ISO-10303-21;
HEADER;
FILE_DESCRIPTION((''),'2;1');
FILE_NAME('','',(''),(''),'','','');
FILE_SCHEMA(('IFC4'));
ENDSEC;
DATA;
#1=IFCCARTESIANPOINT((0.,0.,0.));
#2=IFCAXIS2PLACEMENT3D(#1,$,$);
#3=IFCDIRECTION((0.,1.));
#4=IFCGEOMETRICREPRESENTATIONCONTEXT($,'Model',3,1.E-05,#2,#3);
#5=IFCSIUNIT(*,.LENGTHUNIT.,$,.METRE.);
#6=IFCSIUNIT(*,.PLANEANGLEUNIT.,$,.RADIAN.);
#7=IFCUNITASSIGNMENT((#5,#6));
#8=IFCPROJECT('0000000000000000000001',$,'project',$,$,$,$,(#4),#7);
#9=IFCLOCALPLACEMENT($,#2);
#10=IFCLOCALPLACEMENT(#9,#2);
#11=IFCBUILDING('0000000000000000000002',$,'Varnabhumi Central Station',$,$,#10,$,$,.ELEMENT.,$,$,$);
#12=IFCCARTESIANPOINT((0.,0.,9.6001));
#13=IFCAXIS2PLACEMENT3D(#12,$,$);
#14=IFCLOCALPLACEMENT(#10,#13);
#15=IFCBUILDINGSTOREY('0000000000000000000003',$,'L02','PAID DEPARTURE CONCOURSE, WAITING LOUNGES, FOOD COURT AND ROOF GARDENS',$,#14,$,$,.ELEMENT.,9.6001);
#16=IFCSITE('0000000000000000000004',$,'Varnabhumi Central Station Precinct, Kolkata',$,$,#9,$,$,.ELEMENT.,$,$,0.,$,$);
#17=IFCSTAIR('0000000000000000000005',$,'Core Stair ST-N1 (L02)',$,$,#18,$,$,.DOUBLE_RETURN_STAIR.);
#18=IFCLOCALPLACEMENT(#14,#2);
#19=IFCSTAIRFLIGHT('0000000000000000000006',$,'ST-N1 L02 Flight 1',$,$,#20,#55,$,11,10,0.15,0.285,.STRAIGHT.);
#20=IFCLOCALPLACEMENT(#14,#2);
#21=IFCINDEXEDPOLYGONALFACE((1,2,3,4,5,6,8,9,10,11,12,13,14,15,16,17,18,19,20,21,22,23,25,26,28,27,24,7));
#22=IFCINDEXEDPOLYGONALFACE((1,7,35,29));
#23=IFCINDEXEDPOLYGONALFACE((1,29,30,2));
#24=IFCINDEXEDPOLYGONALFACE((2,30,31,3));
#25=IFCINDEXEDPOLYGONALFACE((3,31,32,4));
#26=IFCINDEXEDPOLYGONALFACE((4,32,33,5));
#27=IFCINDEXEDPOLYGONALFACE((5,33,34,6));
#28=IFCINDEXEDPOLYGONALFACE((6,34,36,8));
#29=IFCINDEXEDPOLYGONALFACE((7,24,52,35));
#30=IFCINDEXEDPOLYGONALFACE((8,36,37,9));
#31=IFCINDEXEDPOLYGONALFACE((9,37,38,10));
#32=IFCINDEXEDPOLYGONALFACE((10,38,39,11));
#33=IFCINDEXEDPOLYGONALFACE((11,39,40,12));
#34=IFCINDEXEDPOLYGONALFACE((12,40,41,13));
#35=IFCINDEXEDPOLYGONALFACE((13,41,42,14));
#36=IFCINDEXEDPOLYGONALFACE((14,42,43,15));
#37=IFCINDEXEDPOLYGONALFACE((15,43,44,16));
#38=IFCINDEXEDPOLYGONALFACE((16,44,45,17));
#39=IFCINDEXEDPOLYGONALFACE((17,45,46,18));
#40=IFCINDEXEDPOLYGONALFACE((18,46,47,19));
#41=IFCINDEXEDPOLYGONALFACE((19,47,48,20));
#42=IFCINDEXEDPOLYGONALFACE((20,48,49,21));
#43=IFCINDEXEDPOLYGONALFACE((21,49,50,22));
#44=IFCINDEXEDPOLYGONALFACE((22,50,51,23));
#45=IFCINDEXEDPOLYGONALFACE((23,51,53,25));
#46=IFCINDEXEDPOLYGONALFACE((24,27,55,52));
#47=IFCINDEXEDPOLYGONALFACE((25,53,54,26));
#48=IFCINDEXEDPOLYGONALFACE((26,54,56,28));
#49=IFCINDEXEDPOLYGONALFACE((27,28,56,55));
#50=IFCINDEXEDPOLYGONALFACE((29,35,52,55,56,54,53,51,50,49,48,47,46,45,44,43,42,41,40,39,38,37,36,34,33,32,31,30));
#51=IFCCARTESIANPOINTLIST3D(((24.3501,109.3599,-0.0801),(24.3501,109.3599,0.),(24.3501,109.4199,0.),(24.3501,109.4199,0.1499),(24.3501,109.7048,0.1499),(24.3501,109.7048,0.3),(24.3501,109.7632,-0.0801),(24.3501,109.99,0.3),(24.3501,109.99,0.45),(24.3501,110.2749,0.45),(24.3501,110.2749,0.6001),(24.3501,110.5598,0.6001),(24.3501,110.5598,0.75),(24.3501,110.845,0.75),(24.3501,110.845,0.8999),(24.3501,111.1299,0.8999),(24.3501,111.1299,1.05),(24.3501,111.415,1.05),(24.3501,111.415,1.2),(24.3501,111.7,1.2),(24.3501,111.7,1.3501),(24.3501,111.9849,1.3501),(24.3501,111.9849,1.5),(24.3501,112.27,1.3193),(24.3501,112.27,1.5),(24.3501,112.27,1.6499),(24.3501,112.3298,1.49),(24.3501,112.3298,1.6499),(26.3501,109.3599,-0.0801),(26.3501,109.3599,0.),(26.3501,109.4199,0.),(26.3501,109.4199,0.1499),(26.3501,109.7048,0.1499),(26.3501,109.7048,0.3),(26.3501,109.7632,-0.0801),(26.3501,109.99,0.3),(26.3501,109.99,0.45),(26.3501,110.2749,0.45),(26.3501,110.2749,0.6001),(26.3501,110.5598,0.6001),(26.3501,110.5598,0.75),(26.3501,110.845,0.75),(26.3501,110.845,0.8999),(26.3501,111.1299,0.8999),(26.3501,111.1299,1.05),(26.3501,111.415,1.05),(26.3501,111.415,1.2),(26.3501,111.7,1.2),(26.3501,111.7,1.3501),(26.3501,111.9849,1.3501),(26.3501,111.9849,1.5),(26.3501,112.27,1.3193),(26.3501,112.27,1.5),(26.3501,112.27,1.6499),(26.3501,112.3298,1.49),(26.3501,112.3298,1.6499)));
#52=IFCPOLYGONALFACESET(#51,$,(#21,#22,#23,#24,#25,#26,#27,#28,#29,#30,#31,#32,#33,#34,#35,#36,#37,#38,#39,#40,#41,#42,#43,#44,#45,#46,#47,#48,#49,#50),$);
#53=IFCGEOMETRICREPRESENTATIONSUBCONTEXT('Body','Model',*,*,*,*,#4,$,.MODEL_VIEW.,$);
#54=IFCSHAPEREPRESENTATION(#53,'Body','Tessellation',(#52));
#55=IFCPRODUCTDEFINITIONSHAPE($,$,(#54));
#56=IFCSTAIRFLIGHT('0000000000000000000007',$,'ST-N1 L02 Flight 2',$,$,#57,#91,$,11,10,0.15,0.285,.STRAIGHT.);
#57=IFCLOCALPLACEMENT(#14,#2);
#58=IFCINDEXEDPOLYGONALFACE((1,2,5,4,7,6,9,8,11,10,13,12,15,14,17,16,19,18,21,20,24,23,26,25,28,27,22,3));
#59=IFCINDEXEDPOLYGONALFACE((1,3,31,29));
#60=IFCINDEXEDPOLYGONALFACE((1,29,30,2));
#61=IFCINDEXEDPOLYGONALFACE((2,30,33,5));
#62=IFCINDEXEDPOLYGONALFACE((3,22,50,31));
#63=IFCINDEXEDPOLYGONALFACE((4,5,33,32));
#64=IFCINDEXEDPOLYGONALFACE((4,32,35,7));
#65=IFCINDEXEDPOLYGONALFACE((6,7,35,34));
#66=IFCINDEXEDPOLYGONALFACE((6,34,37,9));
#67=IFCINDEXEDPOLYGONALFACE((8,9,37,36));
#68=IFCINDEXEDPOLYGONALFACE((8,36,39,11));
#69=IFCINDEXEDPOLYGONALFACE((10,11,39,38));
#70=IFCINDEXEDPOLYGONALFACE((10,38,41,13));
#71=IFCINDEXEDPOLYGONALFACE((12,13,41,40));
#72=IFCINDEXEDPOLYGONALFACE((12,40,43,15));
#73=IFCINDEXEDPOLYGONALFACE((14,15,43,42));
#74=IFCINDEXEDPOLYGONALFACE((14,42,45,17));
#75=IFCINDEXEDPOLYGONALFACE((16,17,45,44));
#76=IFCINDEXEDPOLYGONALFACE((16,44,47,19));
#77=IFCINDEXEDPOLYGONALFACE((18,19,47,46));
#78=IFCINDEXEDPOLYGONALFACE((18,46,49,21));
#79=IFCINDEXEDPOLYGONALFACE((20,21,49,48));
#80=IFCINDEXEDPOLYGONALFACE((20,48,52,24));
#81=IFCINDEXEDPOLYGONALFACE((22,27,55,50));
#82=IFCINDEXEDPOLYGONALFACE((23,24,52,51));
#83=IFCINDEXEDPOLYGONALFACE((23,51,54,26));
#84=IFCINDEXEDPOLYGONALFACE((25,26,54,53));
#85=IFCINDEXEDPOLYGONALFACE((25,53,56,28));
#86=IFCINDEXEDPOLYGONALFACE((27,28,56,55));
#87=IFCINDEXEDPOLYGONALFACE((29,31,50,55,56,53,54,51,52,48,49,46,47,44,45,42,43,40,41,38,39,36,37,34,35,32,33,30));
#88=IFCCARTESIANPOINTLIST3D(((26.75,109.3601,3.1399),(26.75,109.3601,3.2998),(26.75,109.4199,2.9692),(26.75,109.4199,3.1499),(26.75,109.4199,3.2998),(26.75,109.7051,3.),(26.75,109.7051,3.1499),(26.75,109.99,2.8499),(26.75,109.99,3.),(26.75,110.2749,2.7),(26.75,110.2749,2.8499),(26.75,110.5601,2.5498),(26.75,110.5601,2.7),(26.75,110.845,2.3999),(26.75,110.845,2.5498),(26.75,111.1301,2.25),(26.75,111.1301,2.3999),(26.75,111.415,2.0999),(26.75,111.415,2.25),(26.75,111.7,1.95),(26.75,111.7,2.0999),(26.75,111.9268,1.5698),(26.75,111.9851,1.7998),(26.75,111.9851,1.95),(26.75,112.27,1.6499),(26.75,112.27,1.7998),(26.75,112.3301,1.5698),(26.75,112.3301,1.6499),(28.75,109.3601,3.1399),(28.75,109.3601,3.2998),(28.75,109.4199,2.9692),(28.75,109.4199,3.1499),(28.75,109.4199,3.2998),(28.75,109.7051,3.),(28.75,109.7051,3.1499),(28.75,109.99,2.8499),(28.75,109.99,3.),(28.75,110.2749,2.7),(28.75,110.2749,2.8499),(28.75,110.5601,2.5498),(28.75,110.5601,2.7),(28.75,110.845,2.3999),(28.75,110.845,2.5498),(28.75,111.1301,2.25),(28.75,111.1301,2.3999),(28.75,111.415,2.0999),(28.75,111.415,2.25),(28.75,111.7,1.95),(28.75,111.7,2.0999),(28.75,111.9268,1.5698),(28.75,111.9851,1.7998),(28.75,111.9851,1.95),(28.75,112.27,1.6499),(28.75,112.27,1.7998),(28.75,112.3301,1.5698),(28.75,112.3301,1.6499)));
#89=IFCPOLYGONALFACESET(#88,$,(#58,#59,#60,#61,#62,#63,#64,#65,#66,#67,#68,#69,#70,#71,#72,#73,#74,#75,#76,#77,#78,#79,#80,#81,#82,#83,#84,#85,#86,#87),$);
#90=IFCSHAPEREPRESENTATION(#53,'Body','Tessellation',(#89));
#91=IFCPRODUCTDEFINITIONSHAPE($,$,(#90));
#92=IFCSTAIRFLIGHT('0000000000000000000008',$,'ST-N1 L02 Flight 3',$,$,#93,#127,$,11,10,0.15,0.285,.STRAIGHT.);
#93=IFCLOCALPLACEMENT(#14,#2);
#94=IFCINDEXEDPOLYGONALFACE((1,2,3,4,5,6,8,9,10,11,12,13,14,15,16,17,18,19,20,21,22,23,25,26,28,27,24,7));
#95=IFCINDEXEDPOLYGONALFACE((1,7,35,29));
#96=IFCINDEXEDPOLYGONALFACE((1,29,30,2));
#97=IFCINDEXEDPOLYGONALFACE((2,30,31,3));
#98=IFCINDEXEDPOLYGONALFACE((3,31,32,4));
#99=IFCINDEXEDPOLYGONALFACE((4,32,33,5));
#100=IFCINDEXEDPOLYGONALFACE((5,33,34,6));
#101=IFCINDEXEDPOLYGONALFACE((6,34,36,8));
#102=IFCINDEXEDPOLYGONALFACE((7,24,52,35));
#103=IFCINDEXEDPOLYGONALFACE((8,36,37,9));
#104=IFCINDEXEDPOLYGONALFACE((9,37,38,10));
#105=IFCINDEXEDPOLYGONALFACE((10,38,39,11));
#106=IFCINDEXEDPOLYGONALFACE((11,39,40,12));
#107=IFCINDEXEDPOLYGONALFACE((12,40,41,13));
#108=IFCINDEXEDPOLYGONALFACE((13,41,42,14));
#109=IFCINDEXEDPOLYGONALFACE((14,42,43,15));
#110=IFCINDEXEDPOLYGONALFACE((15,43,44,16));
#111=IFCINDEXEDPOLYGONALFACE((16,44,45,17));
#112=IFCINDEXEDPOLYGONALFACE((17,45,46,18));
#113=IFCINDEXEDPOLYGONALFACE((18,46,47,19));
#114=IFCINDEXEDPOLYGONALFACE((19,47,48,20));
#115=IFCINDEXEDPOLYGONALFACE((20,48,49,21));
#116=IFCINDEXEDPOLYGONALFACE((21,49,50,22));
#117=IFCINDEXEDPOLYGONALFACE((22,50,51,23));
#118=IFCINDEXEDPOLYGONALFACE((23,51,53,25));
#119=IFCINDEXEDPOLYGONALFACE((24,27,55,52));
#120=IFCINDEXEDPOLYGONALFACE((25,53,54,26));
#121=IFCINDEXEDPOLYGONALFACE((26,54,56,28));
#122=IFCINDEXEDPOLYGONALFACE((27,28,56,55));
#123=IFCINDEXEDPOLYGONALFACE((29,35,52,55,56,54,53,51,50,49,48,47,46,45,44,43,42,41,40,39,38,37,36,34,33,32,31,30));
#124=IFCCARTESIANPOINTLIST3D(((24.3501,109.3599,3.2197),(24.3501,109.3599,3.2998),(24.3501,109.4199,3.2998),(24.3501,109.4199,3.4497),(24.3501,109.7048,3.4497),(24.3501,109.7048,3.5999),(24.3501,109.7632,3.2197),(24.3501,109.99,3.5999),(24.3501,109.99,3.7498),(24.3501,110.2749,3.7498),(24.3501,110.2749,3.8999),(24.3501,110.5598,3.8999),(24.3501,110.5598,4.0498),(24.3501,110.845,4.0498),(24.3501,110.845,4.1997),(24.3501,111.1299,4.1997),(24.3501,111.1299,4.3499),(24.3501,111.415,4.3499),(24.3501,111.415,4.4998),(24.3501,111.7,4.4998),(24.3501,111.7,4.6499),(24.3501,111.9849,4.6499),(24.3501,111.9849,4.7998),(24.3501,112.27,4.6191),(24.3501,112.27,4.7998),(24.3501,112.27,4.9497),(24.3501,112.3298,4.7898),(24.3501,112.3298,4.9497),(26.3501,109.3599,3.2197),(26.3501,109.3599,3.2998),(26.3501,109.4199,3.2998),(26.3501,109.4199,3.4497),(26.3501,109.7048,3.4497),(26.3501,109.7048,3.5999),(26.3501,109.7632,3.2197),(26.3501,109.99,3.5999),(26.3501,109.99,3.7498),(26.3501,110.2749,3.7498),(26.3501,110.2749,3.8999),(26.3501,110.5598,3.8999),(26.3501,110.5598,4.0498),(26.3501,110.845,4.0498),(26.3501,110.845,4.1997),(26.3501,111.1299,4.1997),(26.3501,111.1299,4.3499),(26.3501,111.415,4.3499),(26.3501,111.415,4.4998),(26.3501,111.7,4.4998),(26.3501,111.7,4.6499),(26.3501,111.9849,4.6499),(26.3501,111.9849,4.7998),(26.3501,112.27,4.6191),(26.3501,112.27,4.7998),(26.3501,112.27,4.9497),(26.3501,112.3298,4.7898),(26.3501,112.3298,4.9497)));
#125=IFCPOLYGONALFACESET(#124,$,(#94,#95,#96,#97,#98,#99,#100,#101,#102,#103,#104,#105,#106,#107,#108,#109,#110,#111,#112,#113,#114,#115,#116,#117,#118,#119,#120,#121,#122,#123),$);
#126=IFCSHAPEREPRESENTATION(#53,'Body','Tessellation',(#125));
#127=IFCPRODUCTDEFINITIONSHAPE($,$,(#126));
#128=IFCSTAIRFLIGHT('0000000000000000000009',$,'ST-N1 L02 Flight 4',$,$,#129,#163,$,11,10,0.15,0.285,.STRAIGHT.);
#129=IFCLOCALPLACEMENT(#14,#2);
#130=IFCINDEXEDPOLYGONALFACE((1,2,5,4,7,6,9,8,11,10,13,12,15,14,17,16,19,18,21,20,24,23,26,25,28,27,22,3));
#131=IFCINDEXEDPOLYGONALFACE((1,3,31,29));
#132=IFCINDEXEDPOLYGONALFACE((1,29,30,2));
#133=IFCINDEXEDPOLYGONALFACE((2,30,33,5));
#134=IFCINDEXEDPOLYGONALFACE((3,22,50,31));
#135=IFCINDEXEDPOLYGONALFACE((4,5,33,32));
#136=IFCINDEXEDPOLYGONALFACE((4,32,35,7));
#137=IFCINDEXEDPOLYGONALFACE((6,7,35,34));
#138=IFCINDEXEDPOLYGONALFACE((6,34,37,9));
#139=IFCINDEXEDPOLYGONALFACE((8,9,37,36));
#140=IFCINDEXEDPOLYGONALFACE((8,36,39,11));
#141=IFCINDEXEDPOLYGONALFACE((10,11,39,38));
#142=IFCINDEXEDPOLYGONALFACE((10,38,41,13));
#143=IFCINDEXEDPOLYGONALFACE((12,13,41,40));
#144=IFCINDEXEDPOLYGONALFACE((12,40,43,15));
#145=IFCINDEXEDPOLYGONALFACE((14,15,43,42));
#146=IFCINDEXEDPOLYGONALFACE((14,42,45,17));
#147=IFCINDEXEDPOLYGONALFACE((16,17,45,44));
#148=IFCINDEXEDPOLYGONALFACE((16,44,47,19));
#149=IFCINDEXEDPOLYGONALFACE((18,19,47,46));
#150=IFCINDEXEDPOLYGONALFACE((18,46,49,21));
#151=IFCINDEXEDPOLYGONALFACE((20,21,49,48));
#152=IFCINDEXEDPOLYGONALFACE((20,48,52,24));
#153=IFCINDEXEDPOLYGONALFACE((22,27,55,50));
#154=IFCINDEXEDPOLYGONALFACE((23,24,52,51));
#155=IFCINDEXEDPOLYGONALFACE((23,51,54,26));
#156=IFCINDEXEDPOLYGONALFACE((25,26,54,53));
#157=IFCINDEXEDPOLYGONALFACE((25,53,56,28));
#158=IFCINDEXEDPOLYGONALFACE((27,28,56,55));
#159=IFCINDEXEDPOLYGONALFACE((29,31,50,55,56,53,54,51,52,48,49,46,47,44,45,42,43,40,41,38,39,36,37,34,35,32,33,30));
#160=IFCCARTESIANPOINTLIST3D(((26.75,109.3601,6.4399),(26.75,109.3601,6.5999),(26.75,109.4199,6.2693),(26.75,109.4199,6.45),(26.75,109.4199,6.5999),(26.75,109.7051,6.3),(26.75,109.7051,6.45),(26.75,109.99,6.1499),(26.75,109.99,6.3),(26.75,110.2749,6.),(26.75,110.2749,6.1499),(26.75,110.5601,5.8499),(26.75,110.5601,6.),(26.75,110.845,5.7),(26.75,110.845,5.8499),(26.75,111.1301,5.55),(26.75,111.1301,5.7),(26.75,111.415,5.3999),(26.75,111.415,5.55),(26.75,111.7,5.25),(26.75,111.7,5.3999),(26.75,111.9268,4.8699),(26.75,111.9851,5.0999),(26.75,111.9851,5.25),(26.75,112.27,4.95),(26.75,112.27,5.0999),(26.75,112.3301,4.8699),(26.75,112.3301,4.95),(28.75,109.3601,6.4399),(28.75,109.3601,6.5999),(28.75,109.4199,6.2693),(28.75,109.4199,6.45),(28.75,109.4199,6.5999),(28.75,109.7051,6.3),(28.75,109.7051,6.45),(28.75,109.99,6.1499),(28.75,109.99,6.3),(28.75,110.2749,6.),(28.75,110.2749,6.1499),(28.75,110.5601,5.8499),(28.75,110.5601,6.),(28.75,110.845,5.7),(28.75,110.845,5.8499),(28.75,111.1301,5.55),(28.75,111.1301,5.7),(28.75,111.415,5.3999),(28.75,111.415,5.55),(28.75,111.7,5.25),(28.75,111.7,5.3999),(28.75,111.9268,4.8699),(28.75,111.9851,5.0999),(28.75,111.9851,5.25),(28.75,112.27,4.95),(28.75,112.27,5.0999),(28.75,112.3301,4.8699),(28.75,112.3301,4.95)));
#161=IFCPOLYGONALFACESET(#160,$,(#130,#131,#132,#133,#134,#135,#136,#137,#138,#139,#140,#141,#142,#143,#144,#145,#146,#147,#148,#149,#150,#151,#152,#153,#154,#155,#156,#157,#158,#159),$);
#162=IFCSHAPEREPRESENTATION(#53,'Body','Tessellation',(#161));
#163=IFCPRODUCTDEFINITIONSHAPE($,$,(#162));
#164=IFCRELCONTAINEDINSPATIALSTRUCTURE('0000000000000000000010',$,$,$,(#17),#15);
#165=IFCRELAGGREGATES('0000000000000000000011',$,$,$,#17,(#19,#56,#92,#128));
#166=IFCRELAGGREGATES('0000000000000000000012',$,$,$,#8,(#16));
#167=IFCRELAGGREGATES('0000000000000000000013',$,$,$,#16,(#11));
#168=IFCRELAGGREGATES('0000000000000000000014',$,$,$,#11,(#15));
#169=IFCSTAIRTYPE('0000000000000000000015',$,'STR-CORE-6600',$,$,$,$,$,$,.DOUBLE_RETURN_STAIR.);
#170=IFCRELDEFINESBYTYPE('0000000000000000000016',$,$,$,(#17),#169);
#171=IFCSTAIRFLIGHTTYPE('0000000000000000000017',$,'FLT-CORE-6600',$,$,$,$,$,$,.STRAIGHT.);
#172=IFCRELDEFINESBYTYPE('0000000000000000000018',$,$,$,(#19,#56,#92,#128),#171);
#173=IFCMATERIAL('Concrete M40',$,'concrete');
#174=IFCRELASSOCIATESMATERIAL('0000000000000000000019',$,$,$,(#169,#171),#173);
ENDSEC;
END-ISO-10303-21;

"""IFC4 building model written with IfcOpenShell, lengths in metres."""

from ifc_helpers import new_model, si_unit, direction, frame, origin, place, context, subcontext, project, spatial, polyline, outline, extrude, material, type_object, element, aggregate, save


model = new_model("IFC4")

# Units and contexts
model_context = context("Model", 3, precision=1e-05, world=origin(), true_north=direction((0.0, 1.0)))
body_context = subcontext(model_context, "Body", "Model", "MODEL_VIEW")
ifc_project = project(units=[si_unit("LENGTHUNIT", "METRE"), si_unit("PLANEANGLEUNIT", "RADIAN")], contexts=[model_context])

# Site, building, storey
site_placement = place(None, origin())
site = spatial("IfcSite", under=ifc_project, at=site_placement, Name="Varnabhumi Central Station Precinct, Kolkata", CompositionType="ELEMENT", RefElevation=0.0)
building_placement = place(site_placement, origin())
building = spatial("IfcBuilding", under=site, at=building_placement, Name="Varnabhumi Central Station", CompositionType="ELEMENT")
storey_placement = place(building_placement, frame((0.0, 0.0, 9.6001)))
storey = spatial("IfcBuildingStorey", under=building, at=storey_placement, Name="L02", Description="PAID DEPARTURE CONCOURSE, WAITING LOUNGES, FOOD COURT AND ROOF GARDENS", CompositionType="ELEMENT", Elevation=9.6001)

# Shared definitions
ifc_material_1 = material(Name="Concrete M40", Category="concrete")

# Stair, stair flights
stair_type = type_object("IfcStairType", Name="STR-CORE-6600", PredefinedType="DOUBLE_RETURN_STAIR", material=ifc_material_1)
stair_placement = place(storey_placement, origin())
stair = element("IfcStair", 1, at=stair_placement, inside=storey, type_object=stair_type, Name="Core Stair ST-N1 (L02)", PredefinedType="DOUBLE_RETURN_STAIR")
stair_flight_type = type_object("IfcStairFlightType", Name="FLT-CORE-6600", PredefinedType="STRAIGHT", material=ifc_material_1)
stair_flight_1_placement = place(storey_placement, frame((25.3501, 109.4199, 0.0), z_axis=(0.0, 0.0, 1.0), x_axis=(0.0, 1.0, 0.0)))
stair_flight_1 = element("IfcStairFlight", 2, at=stair_flight_1_placement, type_object=stair_flight_type, Name="ST-N1 L02 Flight 1", NumberOfRisers=11, NumberOfTreads=10, PredefinedType="STRAIGHT", RiserHeight=0.15, TreadLength=0.285, context=body_context, shape_type="SweptSolid", body=[
    extrude(outline(polyline([(-0.0601, -0.0801), (-0.0601, 0.0), (0.0, 0.0), (0.0, 0.1499), (0.2849, 0.1499), (0.2849, 0.3), (0.5701, 0.3), (0.5701, 0.45), (0.855, 0.45), (0.855, 0.6001), (1.1399, 0.6001), (1.1399, 0.75), (1.425, 0.75), (1.425, 0.8999), (1.71, 0.8999), (1.71, 1.05), (1.9951, 1.05), (1.9951, 1.2), (2.28, 1.2), (2.28, 1.3501), (2.5649, 1.3501), (2.5649, 1.5), (2.8501, 1.5), (2.8501, 1.6499), (2.9099, 1.6499), (2.9099, 1.49), (2.8501, 1.3193), (0.3433, -0.0801), (-0.0601, -0.0801)])), frame((0.0, 1.0, 0.0), z_axis=(0.0, -1.0, 0.0), x_axis=(1.0, 0.0, 0.0)), (0.0, 0.0, 1.0), 2.0),
])
stair_flight_2_placement = place(storey_placement, frame((27.75, 112.27, 1.6499), z_axis=(0.0, 0.0, 1.0), x_axis=(0.0, -1.0, 0.0)))
stair_flight_2 = element("IfcStairFlight", 3, at=stair_flight_2_placement, type_object=stair_flight_type, Name="ST-N1 L02 Flight 2", NumberOfRisers=11, NumberOfTreads=10, PredefinedType="STRAIGHT", RiserHeight=0.15, TreadLength=0.285, context=body_context, shape_type="SweptSolid", body=[
    extrude(outline(polyline([(-0.0601, -0.0801), (-0.0601, 0.0), (0.0, 0.0), (0.0, 0.1499), (0.2849, 0.1499), (0.2849, 0.3), (0.5701, 0.3), (0.5701, 0.45), (0.855, 0.45), (0.855, 0.6001), (1.1399, 0.6001), (1.1399, 0.75), (1.425, 0.75), (1.425, 0.8999), (1.71, 0.8999), (1.71, 1.05), (1.9951, 1.05), (1.9951, 1.2), (2.28, 1.2), (2.28, 1.3501), (2.5649, 1.3501), (2.5649, 1.5), (2.8501, 1.5), (2.8501, 1.6499), (2.9099, 1.6499), (2.9099, 1.49), (2.8501, 1.3193), (0.3433, -0.0801), (-0.0601, -0.0801)])), frame((0.0, 1.0, 0.0), z_axis=(0.0, -1.0, 0.0), x_axis=(1.0, 0.0, 0.0)), (0.0, 0.0, 1.0), 2.0),
])
stair_flight_3_placement = place(storey_placement, frame((25.3501, 109.4199, 3.2998), z_axis=(0.0, 0.0, 1.0), x_axis=(0.0, 1.0, 0.0)))
stair_flight_3 = element("IfcStairFlight", 4, at=stair_flight_3_placement, type_object=stair_flight_type, Name="ST-N1 L02 Flight 3", NumberOfRisers=11, NumberOfTreads=10, PredefinedType="STRAIGHT", RiserHeight=0.15, TreadLength=0.285, context=body_context, shape_type="SweptSolid", body=[
    extrude(outline(polyline([(-0.0601, -0.0801), (-0.0601, 0.0), (0.0, 0.0), (0.0, 0.1499), (0.2849, 0.1499), (0.2849, 0.3), (0.5701, 0.3), (0.5701, 0.45), (0.855, 0.45), (0.855, 0.6001), (1.1399, 0.6001), (1.1399, 0.75), (1.425, 0.75), (1.425, 0.8999), (1.71, 0.8999), (1.71, 1.05), (1.9951, 1.05), (1.9951, 1.2), (2.28, 1.2), (2.28, 1.3501), (2.5649, 1.3501), (2.5649, 1.5), (2.8501, 1.5), (2.8501, 1.6499), (2.9099, 1.6499), (2.9099, 1.49), (2.8501, 1.3193), (0.3433, -0.0801), (-0.0601, -0.0801)])), frame((0.0, 1.0, 0.0), z_axis=(0.0, -1.0, 0.0), x_axis=(1.0, 0.0, 0.0)), (0.0, 0.0, 1.0), 2.0),
])
stair_flight_4_placement = place(storey_placement, frame((27.75, 112.27, 4.95), z_axis=(0.0, 0.0, 1.0), x_axis=(0.0, -1.0, 0.0)))
stair_flight_4 = element("IfcStairFlight", 5, at=stair_flight_4_placement, type_object=stair_flight_type, Name="ST-N1 L02 Flight 4", NumberOfRisers=11, NumberOfTreads=10, PredefinedType="STRAIGHT", RiserHeight=0.15, TreadLength=0.285, context=body_context, shape_type="SweptSolid", body=[
    extrude(outline(polyline([(-0.0601, -0.0801), (-0.0601, 0.0), (0.0, 0.0), (0.0, 0.1499), (0.2849, 0.1499), (0.2849, 0.3), (0.5701, 0.3), (0.5701, 0.45), (0.855, 0.45), (0.855, 0.6001), (1.1399, 0.6001), (1.1399, 0.75), (1.425, 0.75), (1.425, 0.8999), (1.71, 0.8999), (1.71, 1.05), (1.9951, 1.05), (1.9951, 1.2), (2.28, 1.2), (2.28, 1.3501), (2.5649, 1.3501), (2.5649, 1.5), (2.8501, 1.5), (2.8501, 1.6499), (2.9099, 1.6499), (2.9099, 1.49), (2.8501, 1.3193), (0.3433, -0.0801), (-0.0601, -0.0801)])), frame((0.0, 1.0, 0.0), z_axis=(0.0, -1.0, 0.0), x_axis=(1.0, 0.0, 0.0)), (0.0, 0.0, 1.0), 2.0),
])
aggregate(stair, [stair_flight_1, stair_flight_2, stair_flight_3, stair_flight_4])

save(model, "model.ifc")
